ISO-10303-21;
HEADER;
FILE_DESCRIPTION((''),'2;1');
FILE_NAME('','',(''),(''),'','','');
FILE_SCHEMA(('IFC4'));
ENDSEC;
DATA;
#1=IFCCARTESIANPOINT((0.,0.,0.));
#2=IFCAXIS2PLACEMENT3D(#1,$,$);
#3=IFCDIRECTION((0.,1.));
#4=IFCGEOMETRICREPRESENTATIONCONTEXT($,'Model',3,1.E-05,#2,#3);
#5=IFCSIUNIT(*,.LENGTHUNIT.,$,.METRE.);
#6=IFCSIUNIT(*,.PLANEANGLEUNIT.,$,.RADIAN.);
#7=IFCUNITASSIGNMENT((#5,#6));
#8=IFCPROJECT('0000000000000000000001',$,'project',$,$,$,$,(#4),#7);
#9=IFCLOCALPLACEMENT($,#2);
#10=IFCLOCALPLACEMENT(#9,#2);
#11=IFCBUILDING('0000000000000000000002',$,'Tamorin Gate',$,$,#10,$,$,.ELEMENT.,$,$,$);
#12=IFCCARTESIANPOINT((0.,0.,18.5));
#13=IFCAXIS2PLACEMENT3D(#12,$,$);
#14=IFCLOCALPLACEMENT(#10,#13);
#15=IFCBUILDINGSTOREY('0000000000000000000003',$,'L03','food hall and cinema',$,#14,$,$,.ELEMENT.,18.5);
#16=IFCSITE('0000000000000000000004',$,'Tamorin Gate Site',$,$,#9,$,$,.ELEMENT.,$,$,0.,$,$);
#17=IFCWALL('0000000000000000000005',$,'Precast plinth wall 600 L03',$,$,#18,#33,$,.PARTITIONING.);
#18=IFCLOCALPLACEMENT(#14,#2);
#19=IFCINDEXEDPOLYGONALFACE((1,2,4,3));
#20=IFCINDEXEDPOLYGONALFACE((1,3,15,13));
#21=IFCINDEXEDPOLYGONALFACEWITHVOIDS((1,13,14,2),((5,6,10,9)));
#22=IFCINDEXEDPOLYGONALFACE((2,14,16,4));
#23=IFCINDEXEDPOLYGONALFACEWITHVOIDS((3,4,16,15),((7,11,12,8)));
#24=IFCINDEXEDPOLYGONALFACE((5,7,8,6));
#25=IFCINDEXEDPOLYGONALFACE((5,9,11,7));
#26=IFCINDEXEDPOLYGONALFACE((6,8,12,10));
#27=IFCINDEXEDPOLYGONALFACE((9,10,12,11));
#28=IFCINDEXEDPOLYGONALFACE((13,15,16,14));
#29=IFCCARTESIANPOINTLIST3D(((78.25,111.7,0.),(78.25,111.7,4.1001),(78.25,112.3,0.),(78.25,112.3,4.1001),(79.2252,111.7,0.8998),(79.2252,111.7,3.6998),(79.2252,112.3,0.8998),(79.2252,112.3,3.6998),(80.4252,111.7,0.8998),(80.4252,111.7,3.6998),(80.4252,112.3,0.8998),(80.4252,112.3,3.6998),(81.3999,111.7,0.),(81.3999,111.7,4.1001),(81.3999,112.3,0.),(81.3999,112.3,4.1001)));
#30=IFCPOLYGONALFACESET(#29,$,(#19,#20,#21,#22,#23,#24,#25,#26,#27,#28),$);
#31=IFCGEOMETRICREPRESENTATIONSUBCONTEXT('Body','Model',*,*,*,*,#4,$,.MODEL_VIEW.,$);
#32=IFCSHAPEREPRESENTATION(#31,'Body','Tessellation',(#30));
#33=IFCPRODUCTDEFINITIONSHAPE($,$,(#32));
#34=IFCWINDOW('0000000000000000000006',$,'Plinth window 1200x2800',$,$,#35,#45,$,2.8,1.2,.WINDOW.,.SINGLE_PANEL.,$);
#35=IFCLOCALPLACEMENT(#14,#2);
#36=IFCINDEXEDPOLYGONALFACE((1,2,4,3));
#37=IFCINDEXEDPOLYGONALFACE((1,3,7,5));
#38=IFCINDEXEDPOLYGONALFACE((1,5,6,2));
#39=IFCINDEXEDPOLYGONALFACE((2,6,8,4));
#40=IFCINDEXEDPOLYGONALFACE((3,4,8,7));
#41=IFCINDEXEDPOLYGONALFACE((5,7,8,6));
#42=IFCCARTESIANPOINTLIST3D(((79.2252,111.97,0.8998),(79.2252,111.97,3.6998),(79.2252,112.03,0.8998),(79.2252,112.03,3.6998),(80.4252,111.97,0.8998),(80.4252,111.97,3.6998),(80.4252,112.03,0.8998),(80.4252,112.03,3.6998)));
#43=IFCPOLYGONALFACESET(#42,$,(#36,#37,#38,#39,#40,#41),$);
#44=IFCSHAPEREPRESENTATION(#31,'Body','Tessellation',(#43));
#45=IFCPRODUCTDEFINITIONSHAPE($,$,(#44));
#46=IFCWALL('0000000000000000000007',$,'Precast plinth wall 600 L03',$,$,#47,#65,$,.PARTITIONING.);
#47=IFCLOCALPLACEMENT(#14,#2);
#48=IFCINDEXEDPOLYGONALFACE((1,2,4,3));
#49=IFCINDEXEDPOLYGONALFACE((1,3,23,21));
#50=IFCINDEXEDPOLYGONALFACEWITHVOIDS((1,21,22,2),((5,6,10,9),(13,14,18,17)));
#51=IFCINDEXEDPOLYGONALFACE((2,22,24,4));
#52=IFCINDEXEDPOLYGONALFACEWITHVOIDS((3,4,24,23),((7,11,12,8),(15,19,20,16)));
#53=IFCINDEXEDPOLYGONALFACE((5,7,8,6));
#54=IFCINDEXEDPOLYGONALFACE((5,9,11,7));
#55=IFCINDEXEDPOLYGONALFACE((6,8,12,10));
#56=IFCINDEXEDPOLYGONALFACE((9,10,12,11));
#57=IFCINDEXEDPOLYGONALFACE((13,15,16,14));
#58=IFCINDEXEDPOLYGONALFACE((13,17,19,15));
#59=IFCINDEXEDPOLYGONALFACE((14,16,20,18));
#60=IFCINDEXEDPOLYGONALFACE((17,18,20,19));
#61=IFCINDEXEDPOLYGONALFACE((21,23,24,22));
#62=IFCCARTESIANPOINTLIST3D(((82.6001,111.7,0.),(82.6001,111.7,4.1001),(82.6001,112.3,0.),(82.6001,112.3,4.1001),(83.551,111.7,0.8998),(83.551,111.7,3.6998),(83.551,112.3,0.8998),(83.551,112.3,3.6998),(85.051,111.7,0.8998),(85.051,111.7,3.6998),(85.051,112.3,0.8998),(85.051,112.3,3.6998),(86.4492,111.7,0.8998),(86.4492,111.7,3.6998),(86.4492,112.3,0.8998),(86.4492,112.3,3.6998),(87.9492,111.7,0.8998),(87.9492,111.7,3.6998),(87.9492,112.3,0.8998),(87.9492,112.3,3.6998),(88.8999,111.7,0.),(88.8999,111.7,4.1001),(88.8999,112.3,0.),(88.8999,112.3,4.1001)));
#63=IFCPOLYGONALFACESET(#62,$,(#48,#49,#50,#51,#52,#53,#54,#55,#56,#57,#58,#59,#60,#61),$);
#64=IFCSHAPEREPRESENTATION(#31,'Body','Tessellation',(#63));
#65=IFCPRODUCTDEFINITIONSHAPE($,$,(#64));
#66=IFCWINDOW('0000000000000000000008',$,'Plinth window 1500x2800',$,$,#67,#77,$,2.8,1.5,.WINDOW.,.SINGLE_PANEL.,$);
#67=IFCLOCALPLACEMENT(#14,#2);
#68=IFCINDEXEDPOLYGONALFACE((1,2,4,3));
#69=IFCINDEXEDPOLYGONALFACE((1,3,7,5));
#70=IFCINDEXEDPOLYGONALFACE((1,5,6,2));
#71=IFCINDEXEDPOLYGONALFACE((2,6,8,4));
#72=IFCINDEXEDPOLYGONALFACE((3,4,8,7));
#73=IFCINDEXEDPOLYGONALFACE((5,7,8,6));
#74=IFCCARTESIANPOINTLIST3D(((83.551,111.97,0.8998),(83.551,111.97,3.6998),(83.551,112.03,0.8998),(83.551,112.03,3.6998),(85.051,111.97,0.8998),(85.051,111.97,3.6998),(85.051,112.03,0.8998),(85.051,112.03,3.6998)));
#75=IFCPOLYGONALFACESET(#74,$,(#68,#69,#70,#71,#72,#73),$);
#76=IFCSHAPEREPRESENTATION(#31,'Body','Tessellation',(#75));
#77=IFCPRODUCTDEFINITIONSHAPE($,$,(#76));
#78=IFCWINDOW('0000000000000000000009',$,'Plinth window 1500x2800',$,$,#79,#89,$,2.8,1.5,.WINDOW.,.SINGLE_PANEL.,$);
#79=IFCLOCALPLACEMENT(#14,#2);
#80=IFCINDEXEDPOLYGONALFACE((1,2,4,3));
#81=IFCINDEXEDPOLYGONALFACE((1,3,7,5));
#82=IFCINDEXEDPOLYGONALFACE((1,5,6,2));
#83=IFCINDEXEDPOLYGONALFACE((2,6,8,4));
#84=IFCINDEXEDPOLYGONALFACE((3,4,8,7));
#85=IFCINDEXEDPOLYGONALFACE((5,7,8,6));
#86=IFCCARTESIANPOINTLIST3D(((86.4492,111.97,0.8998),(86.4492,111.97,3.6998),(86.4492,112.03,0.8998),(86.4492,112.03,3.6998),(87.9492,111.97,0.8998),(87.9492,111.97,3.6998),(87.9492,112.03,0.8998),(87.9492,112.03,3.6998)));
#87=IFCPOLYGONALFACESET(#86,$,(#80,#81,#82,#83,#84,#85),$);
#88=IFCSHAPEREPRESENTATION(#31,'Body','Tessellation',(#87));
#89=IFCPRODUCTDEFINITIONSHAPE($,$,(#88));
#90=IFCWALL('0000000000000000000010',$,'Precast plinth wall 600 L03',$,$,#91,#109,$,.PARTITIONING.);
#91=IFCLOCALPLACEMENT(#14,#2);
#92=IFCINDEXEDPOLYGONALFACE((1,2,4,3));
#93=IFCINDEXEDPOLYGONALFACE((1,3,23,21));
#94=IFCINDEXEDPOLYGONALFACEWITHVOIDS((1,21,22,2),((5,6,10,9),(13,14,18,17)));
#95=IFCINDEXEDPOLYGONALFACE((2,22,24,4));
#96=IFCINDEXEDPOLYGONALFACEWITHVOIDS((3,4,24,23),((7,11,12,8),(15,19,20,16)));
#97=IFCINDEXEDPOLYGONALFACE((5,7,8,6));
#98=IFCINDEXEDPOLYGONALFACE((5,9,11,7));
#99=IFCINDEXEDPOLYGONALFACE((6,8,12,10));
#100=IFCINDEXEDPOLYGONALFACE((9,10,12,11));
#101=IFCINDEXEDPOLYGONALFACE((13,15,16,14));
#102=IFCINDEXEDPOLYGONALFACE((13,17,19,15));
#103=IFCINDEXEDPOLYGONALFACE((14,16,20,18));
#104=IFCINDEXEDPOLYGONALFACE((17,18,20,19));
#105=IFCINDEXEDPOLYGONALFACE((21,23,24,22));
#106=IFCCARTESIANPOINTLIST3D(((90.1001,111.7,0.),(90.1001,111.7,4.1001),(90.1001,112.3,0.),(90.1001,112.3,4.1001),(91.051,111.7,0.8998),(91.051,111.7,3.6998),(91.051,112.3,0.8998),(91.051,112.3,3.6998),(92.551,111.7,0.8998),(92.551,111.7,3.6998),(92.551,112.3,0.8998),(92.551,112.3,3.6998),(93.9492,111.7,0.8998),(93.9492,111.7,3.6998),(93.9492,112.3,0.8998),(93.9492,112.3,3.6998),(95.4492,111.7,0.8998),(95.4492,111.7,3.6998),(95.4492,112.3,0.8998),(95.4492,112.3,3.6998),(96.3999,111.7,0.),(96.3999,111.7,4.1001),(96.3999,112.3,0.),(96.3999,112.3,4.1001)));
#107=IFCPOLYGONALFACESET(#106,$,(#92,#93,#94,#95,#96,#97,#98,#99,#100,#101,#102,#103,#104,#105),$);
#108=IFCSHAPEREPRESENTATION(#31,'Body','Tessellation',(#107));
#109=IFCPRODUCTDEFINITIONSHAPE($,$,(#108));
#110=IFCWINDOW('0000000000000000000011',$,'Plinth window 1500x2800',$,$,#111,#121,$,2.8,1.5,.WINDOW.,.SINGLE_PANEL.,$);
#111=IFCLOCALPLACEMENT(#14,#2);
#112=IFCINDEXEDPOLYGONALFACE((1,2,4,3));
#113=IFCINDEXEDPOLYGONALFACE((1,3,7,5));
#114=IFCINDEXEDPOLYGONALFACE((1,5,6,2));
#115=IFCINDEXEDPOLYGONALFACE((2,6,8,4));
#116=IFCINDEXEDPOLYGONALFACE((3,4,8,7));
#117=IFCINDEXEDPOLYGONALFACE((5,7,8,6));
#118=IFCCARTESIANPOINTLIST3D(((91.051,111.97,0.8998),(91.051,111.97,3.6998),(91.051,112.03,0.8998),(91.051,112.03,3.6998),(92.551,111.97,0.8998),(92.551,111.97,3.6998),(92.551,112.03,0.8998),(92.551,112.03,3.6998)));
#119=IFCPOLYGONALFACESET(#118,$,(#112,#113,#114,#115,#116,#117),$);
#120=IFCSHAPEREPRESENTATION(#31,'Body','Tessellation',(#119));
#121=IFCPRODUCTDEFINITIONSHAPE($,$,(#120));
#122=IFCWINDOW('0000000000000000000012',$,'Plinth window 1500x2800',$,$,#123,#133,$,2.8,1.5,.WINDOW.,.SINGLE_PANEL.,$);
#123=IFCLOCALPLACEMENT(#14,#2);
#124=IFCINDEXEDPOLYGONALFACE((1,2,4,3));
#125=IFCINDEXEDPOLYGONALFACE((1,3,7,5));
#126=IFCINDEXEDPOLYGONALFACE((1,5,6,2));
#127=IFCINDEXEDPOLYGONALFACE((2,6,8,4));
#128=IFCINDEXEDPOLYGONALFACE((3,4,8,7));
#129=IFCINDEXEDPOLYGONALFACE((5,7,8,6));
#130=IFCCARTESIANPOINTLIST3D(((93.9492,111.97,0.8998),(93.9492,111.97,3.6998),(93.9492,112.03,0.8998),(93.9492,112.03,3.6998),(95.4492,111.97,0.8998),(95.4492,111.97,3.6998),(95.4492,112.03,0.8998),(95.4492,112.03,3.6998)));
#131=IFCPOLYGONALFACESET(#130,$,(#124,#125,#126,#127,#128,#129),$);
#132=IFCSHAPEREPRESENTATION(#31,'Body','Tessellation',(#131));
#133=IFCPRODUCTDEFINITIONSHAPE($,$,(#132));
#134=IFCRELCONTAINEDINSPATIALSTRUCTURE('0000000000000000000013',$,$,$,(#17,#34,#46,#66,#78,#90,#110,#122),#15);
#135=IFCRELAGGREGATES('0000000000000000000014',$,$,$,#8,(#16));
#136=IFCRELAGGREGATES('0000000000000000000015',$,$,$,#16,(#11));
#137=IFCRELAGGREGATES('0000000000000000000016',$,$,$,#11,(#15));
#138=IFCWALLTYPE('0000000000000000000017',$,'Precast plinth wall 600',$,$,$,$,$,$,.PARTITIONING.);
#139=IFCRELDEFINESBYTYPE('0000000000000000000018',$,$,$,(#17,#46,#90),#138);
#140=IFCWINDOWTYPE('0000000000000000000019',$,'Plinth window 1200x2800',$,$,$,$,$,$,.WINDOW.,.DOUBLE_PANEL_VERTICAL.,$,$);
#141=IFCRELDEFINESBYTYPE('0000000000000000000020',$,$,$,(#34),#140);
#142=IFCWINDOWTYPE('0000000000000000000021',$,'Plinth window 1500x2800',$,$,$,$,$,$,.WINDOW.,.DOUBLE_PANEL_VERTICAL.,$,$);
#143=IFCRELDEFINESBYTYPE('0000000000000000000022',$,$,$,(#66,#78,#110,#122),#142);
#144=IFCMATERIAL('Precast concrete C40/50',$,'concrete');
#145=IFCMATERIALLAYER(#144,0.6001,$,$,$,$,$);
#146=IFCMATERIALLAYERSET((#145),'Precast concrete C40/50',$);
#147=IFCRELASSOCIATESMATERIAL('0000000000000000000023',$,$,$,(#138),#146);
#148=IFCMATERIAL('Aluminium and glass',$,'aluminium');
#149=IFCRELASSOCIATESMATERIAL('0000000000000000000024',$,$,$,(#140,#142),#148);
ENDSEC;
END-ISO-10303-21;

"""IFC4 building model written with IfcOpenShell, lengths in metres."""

from ifc_helpers import new_model, si_unit, direction, frame, frame_2d, origin, place, context, subcontext, project, spatial, rectangle, extrude, material, layer, layer_set, type_object, element, fill, save


model = new_model("IFC4")

# Units and contexts
model_context = context("Model", 3, precision=1e-05, world=origin(), true_north=direction((0.0, 1.0)))
body_context = subcontext(model_context, "Body", "Model", "MODEL_VIEW")
ifc_project = project(units=[si_unit("LENGTHUNIT", "METRE"), si_unit("PLANEANGLEUNIT", "RADIAN")], contexts=[model_context])

# Site, building, storey
site_placement = place(None, origin())
site = spatial("IfcSite", under=ifc_project, at=site_placement, Name="Tamorin Gate Site", CompositionType="ELEMENT", RefElevation=0.0)
building_placement = place(site_placement, origin())
building = spatial("IfcBuilding", under=site, at=building_placement, Name="Tamorin Gate", CompositionType="ELEMENT")
storey_placement = place(building_placement, frame((0.0, 0.0, 18.5)))
storey = spatial("IfcBuildingStorey", under=building, at=storey_placement, Name="L03", Description="food hall and cinema", CompositionType="ELEMENT", Elevation=18.5)

# Wall, opening, window
ifc_material_1 = material(Name="Precast concrete C40/50", Category="concrete")
ifc_layer_1 = layer(ifc_material_1, 0.6001)
ifc_layer_set_1 = layer_set([ifc_layer_1], Name="Precast concrete C40/50")
wall_type_1 = type_object("IfcWallType", Name="Precast plinth wall 600", PredefinedType="PARTITIONING", material=ifc_layer_set_1)
wall_1_placement = place(storey_placement, frame((78.25, 112.0, 0.0), z_axis=(0.0, 0.0, 1.0), x_axis=(1.0, 0.0, 0.0)))
wall_1 = element("IfcWall", 1, at=wall_1_placement, inside=storey, type_object=wall_type_1, Name="Precast plinth wall 600 L03", PredefinedType="PARTITIONING", context=body_context, shape_type="SweptSolid", body=[
    extrude(rectangle(XDim=3.1499, YDim=0.6001, at=frame_2d((1.575, 0.0))), origin(), (0.0, 0.0, 1.0), 4.1001),
])
opening_1_placement = place(wall_1_placement, frame((0.9751, 0.0, 0.8999)))
opening_1 = element("IfcOpeningElement", 2, at=opening_1_placement, cuts=wall_1, PredefinedType="OPENING", context=body_context, shape_type="SweptSolid", body=[
    extrude(rectangle(XDim=1.2, YDim=2.8, at=frame_2d((0.6001, 1.3999))), frame((0.0, 0.3101, 0.0), z_axis=(0.0, -1.0, 0.0), x_axis=(1.0, 0.0, 0.0)), (0.0, 0.0, 1.0), 0.6201),
])
ifc_material_2 = material(Name="Aluminium and glass", Category="aluminium")
window_type_1 = type_object("IfcWindowType", Name="Plinth window 1200x2800", PartitioningType="DOUBLE_PANEL_VERTICAL", PredefinedType="WINDOW", material=ifc_material_2)
window_1_placement = place(opening_1_placement, origin())
window_1 = element("IfcWindow", 3, at=window_1_placement, inside=storey, type_object=window_type_1, Name="Plinth window 1200x2800", OverallHeight=2.8, OverallWidth=1.2, PartitioningType="SINGLE_PANEL", PredefinedType="WINDOW", context=body_context, shape_type="SweptSolid", body=[
    extrude(rectangle(XDim=1.2, YDim=2.8, at=frame_2d((0.6001, 1.3999))), frame((0.0, 0.03, 0.0), z_axis=(0.0, -1.0, 0.0), x_axis=(1.0, 0.0, 0.0)), (0.0, 0.0, 1.0), 0.0601),
])
fill(opening_1, window_1)

# Walls, openings, windows
wall_2_placement = place(storey_placement, frame((82.6001, 112.0, 0.0), z_axis=(0.0, 0.0, 1.0), x_axis=(1.0, 0.0, 0.0)))
wall_2 = element("IfcWall", 4, at=wall_2_placement, inside=storey, type_object=wall_type_1, Name="Precast plinth wall 600 L03", PredefinedType="PARTITIONING", context=body_context, shape_type="SweptSolid", body=[
    extrude(rectangle(XDim=6.2998, YDim=0.6001, at=frame_2d((3.1499, 0.0))), origin(), (0.0, 0.0, 1.0), 4.1001),
])
opening_2_placement = place(wall_2_placement, frame((0.9509, 0.0, 0.8999)))
opening_2 = element("IfcOpeningElement", 5, at=opening_2_placement, cuts=wall_2, PredefinedType="OPENING", context=body_context, shape_type="SweptSolid", body=[
    extrude(rectangle(XDim=1.5, YDim=2.8, at=frame_2d((0.75, 1.3999))), frame((0.0, 0.3101, 0.0), z_axis=(0.0, -1.0, 0.0), x_axis=(1.0, 0.0, 0.0)), (0.0, 0.0, 1.0), 0.6201),
])
opening_3_placement = place(wall_2_placement, frame((3.8491, 0.0, 0.8999)))
opening_3 = element("IfcOpeningElement", 6, at=opening_3_placement, cuts=wall_2, PredefinedType="OPENING", context=body_context, shape_type="SweptSolid", body=[
    extrude(rectangle(XDim=1.5, YDim=2.8, at=frame_2d((0.75, 1.3999))), frame((0.0, 0.3101, 0.0), z_axis=(0.0, -1.0, 0.0), x_axis=(1.0, 0.0, 0.0)), (0.0, 0.0, 1.0), 0.6201),
])
window_type_2 = type_object("IfcWindowType", Name="Plinth window 1500x2800", PartitioningType="DOUBLE_PANEL_VERTICAL", PredefinedType="WINDOW", material=ifc_material_2)
window_2_placement = place(opening_2_placement, origin())
window_2 = element("IfcWindow", 7, at=window_2_placement, inside=storey, type_object=window_type_2, Name="Plinth window 1500x2800", OverallHeight=2.8, OverallWidth=1.5, PartitioningType="SINGLE_PANEL", PredefinedType="WINDOW", context=body_context, shape_type="SweptSolid", body=[
    extrude(rectangle(XDim=1.5, YDim=2.8, at=frame_2d((0.75, 1.3999))), frame((0.0, 0.03, 0.0), z_axis=(0.0, -1.0, 0.0), x_axis=(1.0, 0.0, 0.0)), (0.0, 0.0, 1.0), 0.0601),
])
fill(opening_2, window_2)
window_3_placement = place(opening_3_placement, origin())
window_3 = element("IfcWindow", 8, at=window_3_placement, inside=storey, type_object=window_type_2, Name="Plinth window 1500x2800", OverallHeight=2.8, OverallWidth=1.5, PartitioningType="SINGLE_PANEL", PredefinedType="WINDOW", context=body_context, shape_type="SweptSolid", body=[
    extrude(rectangle(XDim=1.5, YDim=2.8, at=frame_2d((0.75, 1.3999))), frame((0.0, 0.03, 0.0), z_axis=(0.0, -1.0, 0.0), x_axis=(1.0, 0.0, 0.0)), (0.0, 0.0, 1.0), 0.0601),
])
fill(opening_3, window_3)
wall_3_placement = place(storey_placement, frame((90.1001, 112.0, 0.0), z_axis=(0.0, 0.0, 1.0), x_axis=(1.0, 0.0, 0.0)))
wall_3 = element("IfcWall", 9, at=wall_3_placement, inside=storey, type_object=wall_type_1, Name="Precast plinth wall 600 L03", PredefinedType="PARTITIONING", context=body_context, shape_type="SweptSolid", body=[
    extrude(rectangle(XDim=6.2998, YDim=0.6001, at=frame_2d((3.1499, 0.0))), origin(), (0.0, 0.0, 1.0), 4.1001),
])
opening_4_placement = place(wall_3_placement, frame((0.9509, 0.0, 0.8999)))
opening_4 = element("IfcOpeningElement", 10, at=opening_4_placement, cuts=wall_3, PredefinedType="OPENING", context=body_context, shape_type="SweptSolid", body=[
    extrude(rectangle(XDim=1.5, YDim=2.8, at=frame_2d((0.75, 1.3999))), frame((0.0, 0.3101, 0.0), z_axis=(0.0, -1.0, 0.0), x_axis=(1.0, 0.0, 0.0)), (0.0, 0.0, 1.0), 0.6201),
])
opening_5_placement = place(wall_3_placement, frame((3.8491, 0.0, 0.8999)))
opening_5 = element("IfcOpeningElement", 11, at=opening_5_placement, cuts=wall_3, PredefinedType="OPENING", context=body_context, shape_type="SweptSolid", body=[
    extrude(rectangle(XDim=1.5, YDim=2.8, at=frame_2d((0.75, 1.3999))), frame((0.0, 0.3101, 0.0), z_axis=(0.0, -1.0, 0.0), x_axis=(1.0, 0.0, 0.0)), (0.0, 0.0, 1.0), 0.6201),
])
window_4_placement = place(opening_4_placement, origin())
window_4 = element("IfcWindow", 12, at=window_4_placement, inside=storey, type_object=window_type_2, Name="Plinth window 1500x2800", OverallHeight=2.8, OverallWidth=1.5, PartitioningType="SINGLE_PANEL", PredefinedType="WINDOW", context=body_context, shape_type="SweptSolid", body=[
    extrude(rectangle(XDim=1.5, YDim=2.8, at=frame_2d((0.75, 1.3999))), frame((0.0, 0.03, 0.0), z_axis=(0.0, -1.0, 0.0), x_axis=(1.0, 0.0, 0.0)), (0.0, 0.0, 1.0), 0.0601),
])
fill(opening_4, window_4)
window_5_placement = place(opening_5_placement, origin())
window_5 = element("IfcWindow", 13, at=window_5_placement, inside=storey, type_object=window_type_2, Name="Plinth window 1500x2800", OverallHeight=2.8, OverallWidth=1.5, PartitioningType="SINGLE_PANEL", PredefinedType="WINDOW", context=body_context, shape_type="SweptSolid", body=[
    extrude(rectangle(XDim=1.5, YDim=2.8, at=frame_2d((0.75, 1.3999))), frame((0.0, 0.03, 0.0), z_axis=(0.0, -1.0, 0.0), x_axis=(1.0, 0.0, 0.0)), (0.0, 0.0, 1.0), 0.0601),
])
fill(opening_5, window_5)

save(model, "model.ifc")
